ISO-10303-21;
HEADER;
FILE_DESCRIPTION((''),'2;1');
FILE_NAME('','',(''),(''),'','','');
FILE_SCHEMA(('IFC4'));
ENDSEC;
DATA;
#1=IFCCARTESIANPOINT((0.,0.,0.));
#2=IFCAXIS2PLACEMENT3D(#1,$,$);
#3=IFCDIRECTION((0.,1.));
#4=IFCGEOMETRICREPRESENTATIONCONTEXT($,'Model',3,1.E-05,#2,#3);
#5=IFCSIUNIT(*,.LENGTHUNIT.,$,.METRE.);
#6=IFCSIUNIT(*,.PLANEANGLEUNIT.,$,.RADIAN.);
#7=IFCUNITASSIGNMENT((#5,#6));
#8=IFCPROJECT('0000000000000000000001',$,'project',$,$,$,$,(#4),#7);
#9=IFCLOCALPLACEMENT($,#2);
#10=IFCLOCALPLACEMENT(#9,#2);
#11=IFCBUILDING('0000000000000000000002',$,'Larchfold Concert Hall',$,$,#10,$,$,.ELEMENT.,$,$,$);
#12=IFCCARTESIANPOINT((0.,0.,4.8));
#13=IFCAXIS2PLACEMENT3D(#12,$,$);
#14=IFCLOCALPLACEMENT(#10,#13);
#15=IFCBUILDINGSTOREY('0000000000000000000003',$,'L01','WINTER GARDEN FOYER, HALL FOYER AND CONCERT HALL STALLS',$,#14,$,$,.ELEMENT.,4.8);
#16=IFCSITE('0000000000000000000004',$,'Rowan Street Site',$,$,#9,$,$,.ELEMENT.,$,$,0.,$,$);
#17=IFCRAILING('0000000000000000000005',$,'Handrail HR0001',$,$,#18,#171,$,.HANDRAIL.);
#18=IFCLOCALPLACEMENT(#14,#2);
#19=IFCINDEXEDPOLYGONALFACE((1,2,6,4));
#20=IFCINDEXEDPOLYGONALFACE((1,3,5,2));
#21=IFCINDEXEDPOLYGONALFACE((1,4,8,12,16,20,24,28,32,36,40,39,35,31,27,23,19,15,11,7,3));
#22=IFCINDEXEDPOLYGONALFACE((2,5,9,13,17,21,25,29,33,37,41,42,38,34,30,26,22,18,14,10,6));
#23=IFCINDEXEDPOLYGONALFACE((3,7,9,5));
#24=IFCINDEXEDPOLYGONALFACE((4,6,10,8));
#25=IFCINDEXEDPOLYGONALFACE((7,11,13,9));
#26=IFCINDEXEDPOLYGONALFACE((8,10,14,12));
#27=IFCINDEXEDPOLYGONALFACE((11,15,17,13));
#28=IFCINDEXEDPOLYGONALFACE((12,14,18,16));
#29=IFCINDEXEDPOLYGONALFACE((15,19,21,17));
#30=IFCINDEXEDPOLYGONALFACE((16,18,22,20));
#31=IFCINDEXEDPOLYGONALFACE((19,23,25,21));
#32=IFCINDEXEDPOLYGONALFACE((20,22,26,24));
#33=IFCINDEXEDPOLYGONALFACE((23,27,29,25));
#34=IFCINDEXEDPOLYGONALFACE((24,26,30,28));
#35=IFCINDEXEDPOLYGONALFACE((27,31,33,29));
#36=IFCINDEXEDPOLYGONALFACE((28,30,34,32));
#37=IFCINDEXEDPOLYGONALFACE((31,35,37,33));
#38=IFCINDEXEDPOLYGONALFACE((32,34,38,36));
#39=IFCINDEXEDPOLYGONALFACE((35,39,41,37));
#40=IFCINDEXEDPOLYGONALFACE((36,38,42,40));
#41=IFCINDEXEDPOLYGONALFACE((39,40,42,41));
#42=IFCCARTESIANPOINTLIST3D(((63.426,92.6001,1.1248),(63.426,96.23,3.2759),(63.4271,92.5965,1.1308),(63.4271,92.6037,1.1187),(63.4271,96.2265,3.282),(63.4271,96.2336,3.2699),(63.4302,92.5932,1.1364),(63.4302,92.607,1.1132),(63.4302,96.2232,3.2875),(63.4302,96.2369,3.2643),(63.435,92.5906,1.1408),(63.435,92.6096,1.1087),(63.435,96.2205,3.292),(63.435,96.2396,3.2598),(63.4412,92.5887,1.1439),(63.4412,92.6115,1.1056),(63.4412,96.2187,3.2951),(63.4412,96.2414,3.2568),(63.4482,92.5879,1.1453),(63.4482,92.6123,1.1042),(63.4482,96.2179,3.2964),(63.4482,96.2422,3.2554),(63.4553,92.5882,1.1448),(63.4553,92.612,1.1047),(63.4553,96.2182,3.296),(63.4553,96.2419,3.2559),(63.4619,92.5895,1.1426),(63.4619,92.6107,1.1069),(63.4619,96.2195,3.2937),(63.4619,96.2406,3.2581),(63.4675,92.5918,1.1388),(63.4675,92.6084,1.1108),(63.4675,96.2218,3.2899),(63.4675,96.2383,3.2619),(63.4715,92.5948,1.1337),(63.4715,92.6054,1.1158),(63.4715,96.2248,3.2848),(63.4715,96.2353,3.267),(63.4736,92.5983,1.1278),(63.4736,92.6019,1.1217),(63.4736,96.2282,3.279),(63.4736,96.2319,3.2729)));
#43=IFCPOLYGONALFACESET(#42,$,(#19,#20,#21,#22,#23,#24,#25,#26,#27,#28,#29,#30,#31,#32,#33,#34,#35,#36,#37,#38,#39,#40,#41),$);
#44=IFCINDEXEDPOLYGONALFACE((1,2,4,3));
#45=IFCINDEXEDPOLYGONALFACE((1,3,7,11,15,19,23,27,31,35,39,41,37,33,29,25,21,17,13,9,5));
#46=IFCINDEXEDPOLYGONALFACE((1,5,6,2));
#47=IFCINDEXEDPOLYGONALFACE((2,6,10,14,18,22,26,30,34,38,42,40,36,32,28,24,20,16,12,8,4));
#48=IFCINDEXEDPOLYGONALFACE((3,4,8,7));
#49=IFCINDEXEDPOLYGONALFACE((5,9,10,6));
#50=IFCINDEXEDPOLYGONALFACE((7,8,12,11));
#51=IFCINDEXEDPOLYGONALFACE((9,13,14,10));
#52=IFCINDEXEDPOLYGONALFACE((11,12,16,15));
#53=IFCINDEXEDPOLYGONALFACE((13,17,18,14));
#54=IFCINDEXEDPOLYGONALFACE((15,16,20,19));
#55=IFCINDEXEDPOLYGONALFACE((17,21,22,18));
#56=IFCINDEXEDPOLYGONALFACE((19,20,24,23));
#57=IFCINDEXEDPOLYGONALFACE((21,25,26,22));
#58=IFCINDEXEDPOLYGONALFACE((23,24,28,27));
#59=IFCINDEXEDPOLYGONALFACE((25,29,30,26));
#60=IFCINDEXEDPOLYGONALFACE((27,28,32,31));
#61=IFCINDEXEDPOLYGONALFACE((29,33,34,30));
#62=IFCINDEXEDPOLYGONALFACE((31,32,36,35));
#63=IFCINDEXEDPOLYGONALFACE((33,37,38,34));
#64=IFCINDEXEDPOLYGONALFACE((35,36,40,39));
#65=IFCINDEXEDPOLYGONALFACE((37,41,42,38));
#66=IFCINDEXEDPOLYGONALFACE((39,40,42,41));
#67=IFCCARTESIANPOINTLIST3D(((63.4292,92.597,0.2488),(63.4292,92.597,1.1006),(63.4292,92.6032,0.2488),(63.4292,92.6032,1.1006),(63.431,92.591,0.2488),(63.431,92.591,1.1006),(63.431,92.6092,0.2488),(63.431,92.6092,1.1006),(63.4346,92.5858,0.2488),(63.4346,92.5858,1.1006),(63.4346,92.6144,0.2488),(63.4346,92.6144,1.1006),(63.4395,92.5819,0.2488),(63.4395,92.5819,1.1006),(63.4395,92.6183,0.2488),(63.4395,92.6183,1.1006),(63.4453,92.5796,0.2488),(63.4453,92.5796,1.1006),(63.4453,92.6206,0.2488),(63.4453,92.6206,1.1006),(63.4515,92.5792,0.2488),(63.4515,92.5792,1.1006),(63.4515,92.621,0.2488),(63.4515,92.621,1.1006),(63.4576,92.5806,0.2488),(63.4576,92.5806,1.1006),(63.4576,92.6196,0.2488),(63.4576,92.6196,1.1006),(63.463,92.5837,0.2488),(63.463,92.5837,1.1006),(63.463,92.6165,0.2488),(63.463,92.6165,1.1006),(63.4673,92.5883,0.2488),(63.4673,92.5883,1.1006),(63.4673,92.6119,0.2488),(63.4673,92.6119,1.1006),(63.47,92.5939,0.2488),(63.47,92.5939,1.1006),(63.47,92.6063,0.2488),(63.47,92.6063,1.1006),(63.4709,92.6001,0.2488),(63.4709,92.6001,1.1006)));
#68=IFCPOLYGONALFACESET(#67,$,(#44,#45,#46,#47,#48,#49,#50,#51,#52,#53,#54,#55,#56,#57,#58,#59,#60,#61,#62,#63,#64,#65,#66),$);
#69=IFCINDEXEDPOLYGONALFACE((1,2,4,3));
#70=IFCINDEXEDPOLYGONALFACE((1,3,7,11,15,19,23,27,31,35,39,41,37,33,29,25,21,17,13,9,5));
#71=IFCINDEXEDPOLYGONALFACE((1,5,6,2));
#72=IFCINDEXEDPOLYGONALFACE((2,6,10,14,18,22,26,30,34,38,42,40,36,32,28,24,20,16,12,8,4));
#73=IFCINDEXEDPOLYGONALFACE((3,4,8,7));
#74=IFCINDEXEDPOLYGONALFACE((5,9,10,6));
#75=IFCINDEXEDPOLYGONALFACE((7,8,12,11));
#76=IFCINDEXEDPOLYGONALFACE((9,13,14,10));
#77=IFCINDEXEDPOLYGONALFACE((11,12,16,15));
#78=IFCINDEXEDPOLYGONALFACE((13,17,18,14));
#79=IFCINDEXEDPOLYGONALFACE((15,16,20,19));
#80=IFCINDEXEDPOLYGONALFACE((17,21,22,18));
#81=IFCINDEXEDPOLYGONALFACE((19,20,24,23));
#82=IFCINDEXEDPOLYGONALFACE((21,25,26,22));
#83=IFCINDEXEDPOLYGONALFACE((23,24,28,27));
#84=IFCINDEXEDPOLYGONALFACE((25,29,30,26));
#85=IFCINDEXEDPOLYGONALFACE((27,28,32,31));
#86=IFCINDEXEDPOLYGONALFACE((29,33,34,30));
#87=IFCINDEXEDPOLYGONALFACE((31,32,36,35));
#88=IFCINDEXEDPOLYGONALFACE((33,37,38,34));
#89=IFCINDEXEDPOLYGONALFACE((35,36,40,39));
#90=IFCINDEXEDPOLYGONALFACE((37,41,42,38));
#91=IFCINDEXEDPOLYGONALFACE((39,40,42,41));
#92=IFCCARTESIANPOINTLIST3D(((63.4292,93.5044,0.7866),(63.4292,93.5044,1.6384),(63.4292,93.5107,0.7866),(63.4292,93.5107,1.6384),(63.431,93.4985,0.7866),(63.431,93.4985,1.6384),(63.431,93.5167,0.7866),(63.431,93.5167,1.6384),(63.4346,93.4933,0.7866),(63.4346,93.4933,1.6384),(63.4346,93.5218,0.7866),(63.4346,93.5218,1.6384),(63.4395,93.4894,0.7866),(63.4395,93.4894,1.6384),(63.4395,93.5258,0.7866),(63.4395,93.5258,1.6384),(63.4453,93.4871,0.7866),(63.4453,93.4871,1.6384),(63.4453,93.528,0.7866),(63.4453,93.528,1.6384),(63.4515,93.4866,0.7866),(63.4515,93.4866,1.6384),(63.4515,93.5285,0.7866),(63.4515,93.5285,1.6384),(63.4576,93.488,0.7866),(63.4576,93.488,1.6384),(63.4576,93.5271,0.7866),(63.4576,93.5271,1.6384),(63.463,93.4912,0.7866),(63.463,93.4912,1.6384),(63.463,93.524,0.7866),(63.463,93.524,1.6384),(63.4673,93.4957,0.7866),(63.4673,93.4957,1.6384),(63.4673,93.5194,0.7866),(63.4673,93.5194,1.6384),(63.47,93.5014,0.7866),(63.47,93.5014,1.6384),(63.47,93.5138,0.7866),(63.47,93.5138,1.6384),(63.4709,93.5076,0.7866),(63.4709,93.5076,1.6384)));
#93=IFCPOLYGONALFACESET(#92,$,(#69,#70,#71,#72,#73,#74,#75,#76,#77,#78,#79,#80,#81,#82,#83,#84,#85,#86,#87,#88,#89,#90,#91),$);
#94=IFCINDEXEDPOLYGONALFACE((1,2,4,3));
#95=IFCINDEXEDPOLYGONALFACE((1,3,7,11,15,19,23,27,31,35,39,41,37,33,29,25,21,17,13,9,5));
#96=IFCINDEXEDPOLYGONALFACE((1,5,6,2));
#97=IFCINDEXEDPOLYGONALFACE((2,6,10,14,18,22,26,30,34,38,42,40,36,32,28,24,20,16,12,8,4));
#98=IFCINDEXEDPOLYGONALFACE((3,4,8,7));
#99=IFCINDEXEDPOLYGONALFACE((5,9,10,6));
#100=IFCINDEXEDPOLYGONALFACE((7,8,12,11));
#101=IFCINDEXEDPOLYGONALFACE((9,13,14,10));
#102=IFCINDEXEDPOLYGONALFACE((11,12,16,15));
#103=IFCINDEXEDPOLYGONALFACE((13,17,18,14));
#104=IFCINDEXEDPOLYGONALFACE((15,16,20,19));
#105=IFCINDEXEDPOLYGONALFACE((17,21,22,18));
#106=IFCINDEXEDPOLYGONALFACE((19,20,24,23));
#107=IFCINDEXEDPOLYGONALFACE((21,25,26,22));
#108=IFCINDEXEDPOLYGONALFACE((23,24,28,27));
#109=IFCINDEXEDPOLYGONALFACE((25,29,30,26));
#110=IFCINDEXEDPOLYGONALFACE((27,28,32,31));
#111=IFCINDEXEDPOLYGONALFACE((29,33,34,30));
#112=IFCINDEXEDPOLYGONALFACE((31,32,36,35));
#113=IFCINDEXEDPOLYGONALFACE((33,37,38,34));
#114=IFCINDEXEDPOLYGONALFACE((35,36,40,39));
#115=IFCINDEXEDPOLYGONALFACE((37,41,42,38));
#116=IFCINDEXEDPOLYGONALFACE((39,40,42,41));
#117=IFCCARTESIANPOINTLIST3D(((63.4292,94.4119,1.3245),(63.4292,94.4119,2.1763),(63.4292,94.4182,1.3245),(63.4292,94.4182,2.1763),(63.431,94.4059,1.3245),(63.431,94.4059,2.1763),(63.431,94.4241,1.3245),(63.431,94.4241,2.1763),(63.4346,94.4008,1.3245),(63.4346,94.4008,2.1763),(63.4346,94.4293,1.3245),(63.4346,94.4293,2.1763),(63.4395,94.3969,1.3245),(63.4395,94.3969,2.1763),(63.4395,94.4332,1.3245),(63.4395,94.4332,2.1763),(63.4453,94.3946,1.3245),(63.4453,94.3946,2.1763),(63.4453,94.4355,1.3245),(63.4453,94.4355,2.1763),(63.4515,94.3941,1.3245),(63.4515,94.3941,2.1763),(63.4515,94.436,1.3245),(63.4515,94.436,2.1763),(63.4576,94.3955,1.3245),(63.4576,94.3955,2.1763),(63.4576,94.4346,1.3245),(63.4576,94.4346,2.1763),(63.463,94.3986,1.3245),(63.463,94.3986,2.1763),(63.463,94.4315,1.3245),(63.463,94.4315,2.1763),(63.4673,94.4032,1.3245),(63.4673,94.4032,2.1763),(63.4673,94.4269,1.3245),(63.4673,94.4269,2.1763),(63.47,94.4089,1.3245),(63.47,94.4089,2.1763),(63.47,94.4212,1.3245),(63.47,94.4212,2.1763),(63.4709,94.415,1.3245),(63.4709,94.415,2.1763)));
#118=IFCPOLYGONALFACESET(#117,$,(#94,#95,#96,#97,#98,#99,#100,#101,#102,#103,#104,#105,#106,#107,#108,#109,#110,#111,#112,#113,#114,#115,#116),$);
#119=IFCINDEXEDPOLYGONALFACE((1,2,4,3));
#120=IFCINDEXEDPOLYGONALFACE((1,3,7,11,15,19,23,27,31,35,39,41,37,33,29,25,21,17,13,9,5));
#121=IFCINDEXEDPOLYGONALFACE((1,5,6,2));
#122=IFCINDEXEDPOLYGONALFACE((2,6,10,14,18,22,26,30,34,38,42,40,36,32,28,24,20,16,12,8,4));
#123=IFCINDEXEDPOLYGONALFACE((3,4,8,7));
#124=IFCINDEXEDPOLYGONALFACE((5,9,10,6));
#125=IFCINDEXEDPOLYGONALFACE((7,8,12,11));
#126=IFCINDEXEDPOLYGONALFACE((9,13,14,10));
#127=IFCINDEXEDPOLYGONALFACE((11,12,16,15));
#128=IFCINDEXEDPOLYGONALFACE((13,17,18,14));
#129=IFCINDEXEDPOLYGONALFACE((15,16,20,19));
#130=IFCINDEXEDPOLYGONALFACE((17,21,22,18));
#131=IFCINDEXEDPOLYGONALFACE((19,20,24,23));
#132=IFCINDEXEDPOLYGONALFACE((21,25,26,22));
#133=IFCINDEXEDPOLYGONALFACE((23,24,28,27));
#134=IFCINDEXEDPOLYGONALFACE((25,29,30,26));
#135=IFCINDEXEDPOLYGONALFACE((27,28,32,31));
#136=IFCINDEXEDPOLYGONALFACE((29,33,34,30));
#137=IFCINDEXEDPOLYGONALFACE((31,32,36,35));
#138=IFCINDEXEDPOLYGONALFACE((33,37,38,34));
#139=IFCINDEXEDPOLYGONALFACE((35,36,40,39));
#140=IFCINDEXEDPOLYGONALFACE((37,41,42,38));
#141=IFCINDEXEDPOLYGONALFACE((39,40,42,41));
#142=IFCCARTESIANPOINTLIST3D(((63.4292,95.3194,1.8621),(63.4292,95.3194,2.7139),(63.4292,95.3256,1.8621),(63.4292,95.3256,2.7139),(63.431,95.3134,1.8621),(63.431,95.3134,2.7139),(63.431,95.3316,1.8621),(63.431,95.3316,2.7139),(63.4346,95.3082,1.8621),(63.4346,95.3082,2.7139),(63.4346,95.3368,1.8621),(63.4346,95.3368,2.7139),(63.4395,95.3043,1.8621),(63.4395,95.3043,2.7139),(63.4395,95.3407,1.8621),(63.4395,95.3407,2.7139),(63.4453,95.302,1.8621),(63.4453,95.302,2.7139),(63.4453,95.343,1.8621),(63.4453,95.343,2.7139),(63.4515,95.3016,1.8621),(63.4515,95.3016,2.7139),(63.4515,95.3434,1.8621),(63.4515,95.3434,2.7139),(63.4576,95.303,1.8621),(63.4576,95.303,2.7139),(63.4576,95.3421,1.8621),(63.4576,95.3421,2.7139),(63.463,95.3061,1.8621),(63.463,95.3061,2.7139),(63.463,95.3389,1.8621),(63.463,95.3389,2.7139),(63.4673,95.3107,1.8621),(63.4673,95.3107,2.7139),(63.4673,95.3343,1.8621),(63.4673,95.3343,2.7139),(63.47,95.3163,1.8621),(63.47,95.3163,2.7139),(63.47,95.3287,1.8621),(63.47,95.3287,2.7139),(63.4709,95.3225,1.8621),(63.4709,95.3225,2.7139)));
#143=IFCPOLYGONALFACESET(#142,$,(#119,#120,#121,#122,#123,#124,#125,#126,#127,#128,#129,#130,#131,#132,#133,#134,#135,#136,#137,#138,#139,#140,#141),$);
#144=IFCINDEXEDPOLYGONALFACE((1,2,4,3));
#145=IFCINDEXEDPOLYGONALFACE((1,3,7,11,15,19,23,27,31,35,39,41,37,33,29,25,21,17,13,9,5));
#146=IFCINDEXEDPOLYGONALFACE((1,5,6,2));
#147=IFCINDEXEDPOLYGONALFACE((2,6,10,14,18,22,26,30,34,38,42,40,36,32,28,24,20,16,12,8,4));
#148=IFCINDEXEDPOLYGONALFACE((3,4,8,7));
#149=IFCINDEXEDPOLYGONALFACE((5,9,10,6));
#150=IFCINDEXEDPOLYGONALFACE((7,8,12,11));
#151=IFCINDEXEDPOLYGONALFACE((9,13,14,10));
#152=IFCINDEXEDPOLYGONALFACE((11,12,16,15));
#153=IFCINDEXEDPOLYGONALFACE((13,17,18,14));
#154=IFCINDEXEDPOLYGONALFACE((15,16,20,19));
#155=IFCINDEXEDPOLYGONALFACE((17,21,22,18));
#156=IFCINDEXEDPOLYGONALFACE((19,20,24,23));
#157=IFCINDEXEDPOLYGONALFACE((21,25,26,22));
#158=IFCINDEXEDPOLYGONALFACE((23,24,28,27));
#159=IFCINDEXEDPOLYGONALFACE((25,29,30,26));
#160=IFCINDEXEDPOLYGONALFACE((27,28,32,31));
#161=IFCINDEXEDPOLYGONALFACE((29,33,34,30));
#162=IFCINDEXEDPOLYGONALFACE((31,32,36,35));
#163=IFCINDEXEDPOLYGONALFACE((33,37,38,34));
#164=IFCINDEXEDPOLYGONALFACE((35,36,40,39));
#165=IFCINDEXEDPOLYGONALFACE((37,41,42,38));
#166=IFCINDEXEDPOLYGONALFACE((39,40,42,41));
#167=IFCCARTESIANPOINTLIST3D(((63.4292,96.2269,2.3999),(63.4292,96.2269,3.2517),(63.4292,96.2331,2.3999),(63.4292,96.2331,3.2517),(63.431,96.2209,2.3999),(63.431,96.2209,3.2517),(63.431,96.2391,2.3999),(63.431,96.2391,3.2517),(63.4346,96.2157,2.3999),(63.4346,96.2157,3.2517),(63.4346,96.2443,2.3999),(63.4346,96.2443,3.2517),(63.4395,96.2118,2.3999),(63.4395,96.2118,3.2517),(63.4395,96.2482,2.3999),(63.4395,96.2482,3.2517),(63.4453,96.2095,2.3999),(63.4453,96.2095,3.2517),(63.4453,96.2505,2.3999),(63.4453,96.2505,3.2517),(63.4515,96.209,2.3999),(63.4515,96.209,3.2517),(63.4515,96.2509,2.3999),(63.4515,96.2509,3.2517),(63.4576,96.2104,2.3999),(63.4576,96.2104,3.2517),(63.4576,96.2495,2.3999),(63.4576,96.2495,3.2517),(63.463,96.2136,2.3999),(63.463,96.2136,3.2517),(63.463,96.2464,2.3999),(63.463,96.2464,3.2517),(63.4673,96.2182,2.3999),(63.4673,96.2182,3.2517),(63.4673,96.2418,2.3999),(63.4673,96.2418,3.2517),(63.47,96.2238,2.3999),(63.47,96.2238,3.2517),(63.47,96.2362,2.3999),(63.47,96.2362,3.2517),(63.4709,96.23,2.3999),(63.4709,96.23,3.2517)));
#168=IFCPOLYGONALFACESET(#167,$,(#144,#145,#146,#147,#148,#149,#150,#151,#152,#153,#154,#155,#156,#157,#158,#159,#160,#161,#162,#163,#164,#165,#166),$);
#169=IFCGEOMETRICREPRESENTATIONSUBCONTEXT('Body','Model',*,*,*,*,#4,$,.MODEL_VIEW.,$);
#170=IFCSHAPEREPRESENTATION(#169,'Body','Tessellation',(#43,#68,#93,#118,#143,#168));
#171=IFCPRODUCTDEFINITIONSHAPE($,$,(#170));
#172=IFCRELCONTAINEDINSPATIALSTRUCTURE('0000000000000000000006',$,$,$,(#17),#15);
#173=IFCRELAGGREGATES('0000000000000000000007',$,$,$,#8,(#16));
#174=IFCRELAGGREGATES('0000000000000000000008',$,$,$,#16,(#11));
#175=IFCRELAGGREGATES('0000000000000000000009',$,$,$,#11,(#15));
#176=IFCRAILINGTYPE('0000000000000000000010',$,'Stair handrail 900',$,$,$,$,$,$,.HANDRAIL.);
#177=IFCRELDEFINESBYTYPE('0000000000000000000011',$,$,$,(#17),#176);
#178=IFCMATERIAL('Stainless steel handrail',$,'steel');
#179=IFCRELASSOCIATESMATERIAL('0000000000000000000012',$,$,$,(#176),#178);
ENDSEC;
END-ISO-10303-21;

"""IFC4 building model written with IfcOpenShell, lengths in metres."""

from ifc_helpers import new_model, si_unit, direction, frame, origin, origin_2d, place, context, subcontext, project, spatial, circle, extrude, material, type_object, element, save


model = new_model("IFC4")

# Units and contexts
model_context = context("Model", 3, precision=1e-05, world=origin(), true_north=direction((0.0, 1.0)))
body_context = subcontext(model_context, "Body", "Model", "MODEL_VIEW")
ifc_project = project(units=[si_unit("LENGTHUNIT", "METRE"), si_unit("PLANEANGLEUNIT", "RADIAN")], contexts=[model_context])

# Site, building, storey
site_placement = place(None, origin())
site = spatial("IfcSite", under=ifc_project, at=site_placement, Name="Rowan Street Site", CompositionType="ELEMENT", RefElevation=0.0)
building_placement = place(site_placement, origin())
building = spatial("IfcBuilding", under=site, at=building_placement, Name="Larchfold Concert Hall", CompositionType="ELEMENT")
storey_placement = place(building_placement, frame((0.0, 0.0, 4.8)))
storey = spatial("IfcBuildingStorey", under=building, at=storey_placement, Name="L01", Description="WINTER GARDEN FOYER, HALL FOYER AND CONCERT HALL STALLS", CompositionType="ELEMENT", Elevation=4.8)

# Railing
ifc_material_1 = material(Name="Stainless steel handrail", Category="steel")
railing_type_1 = type_object("IfcRailingType", Name="Stair handrail 900", PredefinedType="HANDRAIL", material=ifc_material_1)
railing_1_placement = place(storey_placement, frame((63.45, 92.6001, 0.2488)))
element("IfcRailing", 1, at=railing_1_placement, inside=storey, type_object=railing_type_1, Name="Handrail HR0001", PredefinedType="HANDRAIL", context=body_context, shape_type="SweptSolid", body=[
    extrude(circle(Radius=0.0239, at=origin_2d()), frame((0.0, 0.0, 0.876), z_axis=(0.0, 0.860283, 0.509817), x_axis=(-1.0, 0.0, 0.0)), (0.0, 0.0, 1.0), 4.2195),
    extrude(circle(Radius=0.021, at=origin_2d()), origin(), (0.0, 0.0, 1.0), 0.8518),
    extrude(circle(Radius=0.021, at=origin_2d()), frame((0.0, 0.9075, 0.5378)), (0.0, 0.0, 1.0), 0.8518),
    extrude(circle(Radius=0.021, at=origin_2d()), frame((0.0, 1.8149, 1.0757)), (0.0, 0.0, 1.0), 0.8518),
    extrude(circle(Radius=0.021, at=origin_2d()), frame((0.0, 2.7224, 1.6133)), (0.0, 0.0, 1.0), 0.8518),
    extrude(circle(Radius=0.021, at=origin_2d()), frame((0.0, 3.6299, 2.1511)), (0.0, 0.0, 1.0), 0.8518),
])

save(model, "model.ifc")
